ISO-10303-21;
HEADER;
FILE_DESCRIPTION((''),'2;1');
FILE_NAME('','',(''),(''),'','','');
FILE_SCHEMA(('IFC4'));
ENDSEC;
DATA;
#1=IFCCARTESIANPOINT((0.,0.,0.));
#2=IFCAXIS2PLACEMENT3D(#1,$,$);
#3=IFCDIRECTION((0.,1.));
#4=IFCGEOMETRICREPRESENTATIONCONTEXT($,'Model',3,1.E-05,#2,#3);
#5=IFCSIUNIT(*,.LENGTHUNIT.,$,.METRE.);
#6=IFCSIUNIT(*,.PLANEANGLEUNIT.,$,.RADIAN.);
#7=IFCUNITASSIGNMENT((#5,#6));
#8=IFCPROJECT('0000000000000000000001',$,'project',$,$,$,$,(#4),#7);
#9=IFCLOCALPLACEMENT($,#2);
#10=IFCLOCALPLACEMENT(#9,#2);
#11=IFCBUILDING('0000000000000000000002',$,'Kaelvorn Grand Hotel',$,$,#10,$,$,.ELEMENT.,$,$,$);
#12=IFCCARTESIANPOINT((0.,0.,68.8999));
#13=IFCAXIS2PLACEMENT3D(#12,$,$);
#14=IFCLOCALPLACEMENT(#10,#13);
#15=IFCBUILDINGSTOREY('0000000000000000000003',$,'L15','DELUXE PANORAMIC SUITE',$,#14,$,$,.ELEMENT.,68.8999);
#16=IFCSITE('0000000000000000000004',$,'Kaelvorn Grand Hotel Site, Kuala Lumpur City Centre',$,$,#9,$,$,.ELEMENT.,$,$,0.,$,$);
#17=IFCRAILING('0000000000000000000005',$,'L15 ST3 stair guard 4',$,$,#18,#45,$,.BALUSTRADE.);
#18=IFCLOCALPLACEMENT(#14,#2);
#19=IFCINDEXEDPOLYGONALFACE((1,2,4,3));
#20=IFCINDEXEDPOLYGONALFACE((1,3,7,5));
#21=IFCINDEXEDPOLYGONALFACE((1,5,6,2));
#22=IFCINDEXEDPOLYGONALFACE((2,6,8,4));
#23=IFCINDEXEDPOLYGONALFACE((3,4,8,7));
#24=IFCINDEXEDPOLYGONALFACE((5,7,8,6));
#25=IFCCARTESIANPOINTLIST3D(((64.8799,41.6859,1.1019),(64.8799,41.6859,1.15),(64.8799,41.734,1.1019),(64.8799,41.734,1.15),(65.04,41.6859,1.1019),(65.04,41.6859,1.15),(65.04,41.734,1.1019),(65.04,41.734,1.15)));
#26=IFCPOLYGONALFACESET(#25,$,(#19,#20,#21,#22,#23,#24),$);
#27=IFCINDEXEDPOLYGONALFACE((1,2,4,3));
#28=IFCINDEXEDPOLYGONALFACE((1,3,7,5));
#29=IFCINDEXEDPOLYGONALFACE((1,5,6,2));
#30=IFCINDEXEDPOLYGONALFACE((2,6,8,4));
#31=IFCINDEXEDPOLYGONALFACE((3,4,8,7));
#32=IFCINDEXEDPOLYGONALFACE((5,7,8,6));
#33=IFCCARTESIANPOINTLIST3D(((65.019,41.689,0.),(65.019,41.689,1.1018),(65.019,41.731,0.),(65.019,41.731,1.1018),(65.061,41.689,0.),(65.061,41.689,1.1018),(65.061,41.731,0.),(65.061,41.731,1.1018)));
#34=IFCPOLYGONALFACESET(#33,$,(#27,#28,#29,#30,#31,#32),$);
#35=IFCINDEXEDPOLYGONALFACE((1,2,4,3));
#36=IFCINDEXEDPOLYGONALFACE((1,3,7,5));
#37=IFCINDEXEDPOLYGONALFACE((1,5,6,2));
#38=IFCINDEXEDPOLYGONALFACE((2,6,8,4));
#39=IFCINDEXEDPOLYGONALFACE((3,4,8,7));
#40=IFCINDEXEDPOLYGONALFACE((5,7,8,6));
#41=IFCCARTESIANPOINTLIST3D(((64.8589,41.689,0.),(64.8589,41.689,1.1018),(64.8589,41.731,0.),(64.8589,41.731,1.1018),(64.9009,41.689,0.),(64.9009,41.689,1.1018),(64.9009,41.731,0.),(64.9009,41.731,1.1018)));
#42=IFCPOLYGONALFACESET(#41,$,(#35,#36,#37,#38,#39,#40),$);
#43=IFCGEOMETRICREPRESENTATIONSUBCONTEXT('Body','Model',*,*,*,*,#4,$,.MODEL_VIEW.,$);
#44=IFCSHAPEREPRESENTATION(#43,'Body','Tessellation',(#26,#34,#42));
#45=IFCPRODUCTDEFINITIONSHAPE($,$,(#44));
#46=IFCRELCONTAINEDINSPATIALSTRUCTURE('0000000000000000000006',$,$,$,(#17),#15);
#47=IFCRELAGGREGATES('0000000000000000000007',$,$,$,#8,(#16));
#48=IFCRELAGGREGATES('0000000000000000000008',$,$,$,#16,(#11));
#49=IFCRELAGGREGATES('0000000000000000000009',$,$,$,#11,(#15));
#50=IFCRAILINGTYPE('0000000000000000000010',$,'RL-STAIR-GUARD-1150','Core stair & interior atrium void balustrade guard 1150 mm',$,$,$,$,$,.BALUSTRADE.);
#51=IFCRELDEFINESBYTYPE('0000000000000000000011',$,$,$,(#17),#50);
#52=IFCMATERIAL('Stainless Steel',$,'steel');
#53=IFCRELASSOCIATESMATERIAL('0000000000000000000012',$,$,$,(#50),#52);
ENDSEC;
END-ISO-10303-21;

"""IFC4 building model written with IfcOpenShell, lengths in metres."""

from ifc_helpers import new_model, si_unit, direction, frame, origin, origin_2d, place, context, subcontext, project, spatial, rectangle, extrude, material, type_object, element, save


model = new_model("IFC4")

# Units and contexts
model_context = context("Model", 3, precision=1e-05, world=origin(), true_north=direction((0.0, 1.0)))
body_context = subcontext(model_context, "Body", "Model", "MODEL_VIEW")
ifc_project = project(units=[si_unit("LENGTHUNIT", "METRE"), si_unit("PLANEANGLEUNIT", "RADIAN")], contexts=[model_context])

# Site, building, storey
site_placement = place(None, origin())
site = spatial("IfcSite", under=ifc_project, at=site_placement, Name="Kaelvorn Grand Hotel Site, Kuala Lumpur City Centre", CompositionType="ELEMENT", RefElevation=0.0)
building_placement = place(site_placement, origin())
building = spatial("IfcBuilding", under=site, at=building_placement, Name="Kaelvorn Grand Hotel", CompositionType="ELEMENT")
storey_placement = place(building_placement, frame((0.0, 0.0, 68.8999)))
storey = spatial("IfcBuildingStorey", under=building, at=storey_placement, Name="L15", Description="DELUXE PANORAMIC SUITE", CompositionType="ELEMENT", Elevation=68.8999)

# Shared definitions
ifc_material_1 = material(Name="Stainless Steel", Category="steel")

# Railing
railing_type_1 = type_object("IfcRailingType", Name="RL-STAIR-GUARD-1150", Description="Core stair & interior atrium void balustrade guard 1150 mm", PredefinedType="BALUSTRADE", material=ifc_material_1)
railing_1_placement = place(storey_placement, frame((65.04, 41.71, 0.0)))
element("IfcRailing", 1, at=railing_1_placement, inside=storey, type_object=railing_type_1, Name="L15 ST3 stair guard 4", PredefinedType="BALUSTRADE", context=body_context, shape_type="SweptSolid", body=[
    extrude(rectangle(XDim=0.0481, YDim=0.0481, at=origin_2d()), frame((0.0, 0.0, 1.126), z_axis=(-1.0, 0.0, 0.0), x_axis=(0.0, -1.0, 0.0)), (0.0, 0.0, 1.0), 0.1602),
    extrude(rectangle(XDim=0.042, YDim=0.042, at=origin_2d()), origin(), (0.0, 0.0, 1.0), 1.1018),
    extrude(rectangle(XDim=0.042, YDim=0.042, at=origin_2d()), frame((-0.1602, 0.0, 0.0)), (0.0, 0.0, 1.0), 1.1018),
])

save(model, "model.ifc")
